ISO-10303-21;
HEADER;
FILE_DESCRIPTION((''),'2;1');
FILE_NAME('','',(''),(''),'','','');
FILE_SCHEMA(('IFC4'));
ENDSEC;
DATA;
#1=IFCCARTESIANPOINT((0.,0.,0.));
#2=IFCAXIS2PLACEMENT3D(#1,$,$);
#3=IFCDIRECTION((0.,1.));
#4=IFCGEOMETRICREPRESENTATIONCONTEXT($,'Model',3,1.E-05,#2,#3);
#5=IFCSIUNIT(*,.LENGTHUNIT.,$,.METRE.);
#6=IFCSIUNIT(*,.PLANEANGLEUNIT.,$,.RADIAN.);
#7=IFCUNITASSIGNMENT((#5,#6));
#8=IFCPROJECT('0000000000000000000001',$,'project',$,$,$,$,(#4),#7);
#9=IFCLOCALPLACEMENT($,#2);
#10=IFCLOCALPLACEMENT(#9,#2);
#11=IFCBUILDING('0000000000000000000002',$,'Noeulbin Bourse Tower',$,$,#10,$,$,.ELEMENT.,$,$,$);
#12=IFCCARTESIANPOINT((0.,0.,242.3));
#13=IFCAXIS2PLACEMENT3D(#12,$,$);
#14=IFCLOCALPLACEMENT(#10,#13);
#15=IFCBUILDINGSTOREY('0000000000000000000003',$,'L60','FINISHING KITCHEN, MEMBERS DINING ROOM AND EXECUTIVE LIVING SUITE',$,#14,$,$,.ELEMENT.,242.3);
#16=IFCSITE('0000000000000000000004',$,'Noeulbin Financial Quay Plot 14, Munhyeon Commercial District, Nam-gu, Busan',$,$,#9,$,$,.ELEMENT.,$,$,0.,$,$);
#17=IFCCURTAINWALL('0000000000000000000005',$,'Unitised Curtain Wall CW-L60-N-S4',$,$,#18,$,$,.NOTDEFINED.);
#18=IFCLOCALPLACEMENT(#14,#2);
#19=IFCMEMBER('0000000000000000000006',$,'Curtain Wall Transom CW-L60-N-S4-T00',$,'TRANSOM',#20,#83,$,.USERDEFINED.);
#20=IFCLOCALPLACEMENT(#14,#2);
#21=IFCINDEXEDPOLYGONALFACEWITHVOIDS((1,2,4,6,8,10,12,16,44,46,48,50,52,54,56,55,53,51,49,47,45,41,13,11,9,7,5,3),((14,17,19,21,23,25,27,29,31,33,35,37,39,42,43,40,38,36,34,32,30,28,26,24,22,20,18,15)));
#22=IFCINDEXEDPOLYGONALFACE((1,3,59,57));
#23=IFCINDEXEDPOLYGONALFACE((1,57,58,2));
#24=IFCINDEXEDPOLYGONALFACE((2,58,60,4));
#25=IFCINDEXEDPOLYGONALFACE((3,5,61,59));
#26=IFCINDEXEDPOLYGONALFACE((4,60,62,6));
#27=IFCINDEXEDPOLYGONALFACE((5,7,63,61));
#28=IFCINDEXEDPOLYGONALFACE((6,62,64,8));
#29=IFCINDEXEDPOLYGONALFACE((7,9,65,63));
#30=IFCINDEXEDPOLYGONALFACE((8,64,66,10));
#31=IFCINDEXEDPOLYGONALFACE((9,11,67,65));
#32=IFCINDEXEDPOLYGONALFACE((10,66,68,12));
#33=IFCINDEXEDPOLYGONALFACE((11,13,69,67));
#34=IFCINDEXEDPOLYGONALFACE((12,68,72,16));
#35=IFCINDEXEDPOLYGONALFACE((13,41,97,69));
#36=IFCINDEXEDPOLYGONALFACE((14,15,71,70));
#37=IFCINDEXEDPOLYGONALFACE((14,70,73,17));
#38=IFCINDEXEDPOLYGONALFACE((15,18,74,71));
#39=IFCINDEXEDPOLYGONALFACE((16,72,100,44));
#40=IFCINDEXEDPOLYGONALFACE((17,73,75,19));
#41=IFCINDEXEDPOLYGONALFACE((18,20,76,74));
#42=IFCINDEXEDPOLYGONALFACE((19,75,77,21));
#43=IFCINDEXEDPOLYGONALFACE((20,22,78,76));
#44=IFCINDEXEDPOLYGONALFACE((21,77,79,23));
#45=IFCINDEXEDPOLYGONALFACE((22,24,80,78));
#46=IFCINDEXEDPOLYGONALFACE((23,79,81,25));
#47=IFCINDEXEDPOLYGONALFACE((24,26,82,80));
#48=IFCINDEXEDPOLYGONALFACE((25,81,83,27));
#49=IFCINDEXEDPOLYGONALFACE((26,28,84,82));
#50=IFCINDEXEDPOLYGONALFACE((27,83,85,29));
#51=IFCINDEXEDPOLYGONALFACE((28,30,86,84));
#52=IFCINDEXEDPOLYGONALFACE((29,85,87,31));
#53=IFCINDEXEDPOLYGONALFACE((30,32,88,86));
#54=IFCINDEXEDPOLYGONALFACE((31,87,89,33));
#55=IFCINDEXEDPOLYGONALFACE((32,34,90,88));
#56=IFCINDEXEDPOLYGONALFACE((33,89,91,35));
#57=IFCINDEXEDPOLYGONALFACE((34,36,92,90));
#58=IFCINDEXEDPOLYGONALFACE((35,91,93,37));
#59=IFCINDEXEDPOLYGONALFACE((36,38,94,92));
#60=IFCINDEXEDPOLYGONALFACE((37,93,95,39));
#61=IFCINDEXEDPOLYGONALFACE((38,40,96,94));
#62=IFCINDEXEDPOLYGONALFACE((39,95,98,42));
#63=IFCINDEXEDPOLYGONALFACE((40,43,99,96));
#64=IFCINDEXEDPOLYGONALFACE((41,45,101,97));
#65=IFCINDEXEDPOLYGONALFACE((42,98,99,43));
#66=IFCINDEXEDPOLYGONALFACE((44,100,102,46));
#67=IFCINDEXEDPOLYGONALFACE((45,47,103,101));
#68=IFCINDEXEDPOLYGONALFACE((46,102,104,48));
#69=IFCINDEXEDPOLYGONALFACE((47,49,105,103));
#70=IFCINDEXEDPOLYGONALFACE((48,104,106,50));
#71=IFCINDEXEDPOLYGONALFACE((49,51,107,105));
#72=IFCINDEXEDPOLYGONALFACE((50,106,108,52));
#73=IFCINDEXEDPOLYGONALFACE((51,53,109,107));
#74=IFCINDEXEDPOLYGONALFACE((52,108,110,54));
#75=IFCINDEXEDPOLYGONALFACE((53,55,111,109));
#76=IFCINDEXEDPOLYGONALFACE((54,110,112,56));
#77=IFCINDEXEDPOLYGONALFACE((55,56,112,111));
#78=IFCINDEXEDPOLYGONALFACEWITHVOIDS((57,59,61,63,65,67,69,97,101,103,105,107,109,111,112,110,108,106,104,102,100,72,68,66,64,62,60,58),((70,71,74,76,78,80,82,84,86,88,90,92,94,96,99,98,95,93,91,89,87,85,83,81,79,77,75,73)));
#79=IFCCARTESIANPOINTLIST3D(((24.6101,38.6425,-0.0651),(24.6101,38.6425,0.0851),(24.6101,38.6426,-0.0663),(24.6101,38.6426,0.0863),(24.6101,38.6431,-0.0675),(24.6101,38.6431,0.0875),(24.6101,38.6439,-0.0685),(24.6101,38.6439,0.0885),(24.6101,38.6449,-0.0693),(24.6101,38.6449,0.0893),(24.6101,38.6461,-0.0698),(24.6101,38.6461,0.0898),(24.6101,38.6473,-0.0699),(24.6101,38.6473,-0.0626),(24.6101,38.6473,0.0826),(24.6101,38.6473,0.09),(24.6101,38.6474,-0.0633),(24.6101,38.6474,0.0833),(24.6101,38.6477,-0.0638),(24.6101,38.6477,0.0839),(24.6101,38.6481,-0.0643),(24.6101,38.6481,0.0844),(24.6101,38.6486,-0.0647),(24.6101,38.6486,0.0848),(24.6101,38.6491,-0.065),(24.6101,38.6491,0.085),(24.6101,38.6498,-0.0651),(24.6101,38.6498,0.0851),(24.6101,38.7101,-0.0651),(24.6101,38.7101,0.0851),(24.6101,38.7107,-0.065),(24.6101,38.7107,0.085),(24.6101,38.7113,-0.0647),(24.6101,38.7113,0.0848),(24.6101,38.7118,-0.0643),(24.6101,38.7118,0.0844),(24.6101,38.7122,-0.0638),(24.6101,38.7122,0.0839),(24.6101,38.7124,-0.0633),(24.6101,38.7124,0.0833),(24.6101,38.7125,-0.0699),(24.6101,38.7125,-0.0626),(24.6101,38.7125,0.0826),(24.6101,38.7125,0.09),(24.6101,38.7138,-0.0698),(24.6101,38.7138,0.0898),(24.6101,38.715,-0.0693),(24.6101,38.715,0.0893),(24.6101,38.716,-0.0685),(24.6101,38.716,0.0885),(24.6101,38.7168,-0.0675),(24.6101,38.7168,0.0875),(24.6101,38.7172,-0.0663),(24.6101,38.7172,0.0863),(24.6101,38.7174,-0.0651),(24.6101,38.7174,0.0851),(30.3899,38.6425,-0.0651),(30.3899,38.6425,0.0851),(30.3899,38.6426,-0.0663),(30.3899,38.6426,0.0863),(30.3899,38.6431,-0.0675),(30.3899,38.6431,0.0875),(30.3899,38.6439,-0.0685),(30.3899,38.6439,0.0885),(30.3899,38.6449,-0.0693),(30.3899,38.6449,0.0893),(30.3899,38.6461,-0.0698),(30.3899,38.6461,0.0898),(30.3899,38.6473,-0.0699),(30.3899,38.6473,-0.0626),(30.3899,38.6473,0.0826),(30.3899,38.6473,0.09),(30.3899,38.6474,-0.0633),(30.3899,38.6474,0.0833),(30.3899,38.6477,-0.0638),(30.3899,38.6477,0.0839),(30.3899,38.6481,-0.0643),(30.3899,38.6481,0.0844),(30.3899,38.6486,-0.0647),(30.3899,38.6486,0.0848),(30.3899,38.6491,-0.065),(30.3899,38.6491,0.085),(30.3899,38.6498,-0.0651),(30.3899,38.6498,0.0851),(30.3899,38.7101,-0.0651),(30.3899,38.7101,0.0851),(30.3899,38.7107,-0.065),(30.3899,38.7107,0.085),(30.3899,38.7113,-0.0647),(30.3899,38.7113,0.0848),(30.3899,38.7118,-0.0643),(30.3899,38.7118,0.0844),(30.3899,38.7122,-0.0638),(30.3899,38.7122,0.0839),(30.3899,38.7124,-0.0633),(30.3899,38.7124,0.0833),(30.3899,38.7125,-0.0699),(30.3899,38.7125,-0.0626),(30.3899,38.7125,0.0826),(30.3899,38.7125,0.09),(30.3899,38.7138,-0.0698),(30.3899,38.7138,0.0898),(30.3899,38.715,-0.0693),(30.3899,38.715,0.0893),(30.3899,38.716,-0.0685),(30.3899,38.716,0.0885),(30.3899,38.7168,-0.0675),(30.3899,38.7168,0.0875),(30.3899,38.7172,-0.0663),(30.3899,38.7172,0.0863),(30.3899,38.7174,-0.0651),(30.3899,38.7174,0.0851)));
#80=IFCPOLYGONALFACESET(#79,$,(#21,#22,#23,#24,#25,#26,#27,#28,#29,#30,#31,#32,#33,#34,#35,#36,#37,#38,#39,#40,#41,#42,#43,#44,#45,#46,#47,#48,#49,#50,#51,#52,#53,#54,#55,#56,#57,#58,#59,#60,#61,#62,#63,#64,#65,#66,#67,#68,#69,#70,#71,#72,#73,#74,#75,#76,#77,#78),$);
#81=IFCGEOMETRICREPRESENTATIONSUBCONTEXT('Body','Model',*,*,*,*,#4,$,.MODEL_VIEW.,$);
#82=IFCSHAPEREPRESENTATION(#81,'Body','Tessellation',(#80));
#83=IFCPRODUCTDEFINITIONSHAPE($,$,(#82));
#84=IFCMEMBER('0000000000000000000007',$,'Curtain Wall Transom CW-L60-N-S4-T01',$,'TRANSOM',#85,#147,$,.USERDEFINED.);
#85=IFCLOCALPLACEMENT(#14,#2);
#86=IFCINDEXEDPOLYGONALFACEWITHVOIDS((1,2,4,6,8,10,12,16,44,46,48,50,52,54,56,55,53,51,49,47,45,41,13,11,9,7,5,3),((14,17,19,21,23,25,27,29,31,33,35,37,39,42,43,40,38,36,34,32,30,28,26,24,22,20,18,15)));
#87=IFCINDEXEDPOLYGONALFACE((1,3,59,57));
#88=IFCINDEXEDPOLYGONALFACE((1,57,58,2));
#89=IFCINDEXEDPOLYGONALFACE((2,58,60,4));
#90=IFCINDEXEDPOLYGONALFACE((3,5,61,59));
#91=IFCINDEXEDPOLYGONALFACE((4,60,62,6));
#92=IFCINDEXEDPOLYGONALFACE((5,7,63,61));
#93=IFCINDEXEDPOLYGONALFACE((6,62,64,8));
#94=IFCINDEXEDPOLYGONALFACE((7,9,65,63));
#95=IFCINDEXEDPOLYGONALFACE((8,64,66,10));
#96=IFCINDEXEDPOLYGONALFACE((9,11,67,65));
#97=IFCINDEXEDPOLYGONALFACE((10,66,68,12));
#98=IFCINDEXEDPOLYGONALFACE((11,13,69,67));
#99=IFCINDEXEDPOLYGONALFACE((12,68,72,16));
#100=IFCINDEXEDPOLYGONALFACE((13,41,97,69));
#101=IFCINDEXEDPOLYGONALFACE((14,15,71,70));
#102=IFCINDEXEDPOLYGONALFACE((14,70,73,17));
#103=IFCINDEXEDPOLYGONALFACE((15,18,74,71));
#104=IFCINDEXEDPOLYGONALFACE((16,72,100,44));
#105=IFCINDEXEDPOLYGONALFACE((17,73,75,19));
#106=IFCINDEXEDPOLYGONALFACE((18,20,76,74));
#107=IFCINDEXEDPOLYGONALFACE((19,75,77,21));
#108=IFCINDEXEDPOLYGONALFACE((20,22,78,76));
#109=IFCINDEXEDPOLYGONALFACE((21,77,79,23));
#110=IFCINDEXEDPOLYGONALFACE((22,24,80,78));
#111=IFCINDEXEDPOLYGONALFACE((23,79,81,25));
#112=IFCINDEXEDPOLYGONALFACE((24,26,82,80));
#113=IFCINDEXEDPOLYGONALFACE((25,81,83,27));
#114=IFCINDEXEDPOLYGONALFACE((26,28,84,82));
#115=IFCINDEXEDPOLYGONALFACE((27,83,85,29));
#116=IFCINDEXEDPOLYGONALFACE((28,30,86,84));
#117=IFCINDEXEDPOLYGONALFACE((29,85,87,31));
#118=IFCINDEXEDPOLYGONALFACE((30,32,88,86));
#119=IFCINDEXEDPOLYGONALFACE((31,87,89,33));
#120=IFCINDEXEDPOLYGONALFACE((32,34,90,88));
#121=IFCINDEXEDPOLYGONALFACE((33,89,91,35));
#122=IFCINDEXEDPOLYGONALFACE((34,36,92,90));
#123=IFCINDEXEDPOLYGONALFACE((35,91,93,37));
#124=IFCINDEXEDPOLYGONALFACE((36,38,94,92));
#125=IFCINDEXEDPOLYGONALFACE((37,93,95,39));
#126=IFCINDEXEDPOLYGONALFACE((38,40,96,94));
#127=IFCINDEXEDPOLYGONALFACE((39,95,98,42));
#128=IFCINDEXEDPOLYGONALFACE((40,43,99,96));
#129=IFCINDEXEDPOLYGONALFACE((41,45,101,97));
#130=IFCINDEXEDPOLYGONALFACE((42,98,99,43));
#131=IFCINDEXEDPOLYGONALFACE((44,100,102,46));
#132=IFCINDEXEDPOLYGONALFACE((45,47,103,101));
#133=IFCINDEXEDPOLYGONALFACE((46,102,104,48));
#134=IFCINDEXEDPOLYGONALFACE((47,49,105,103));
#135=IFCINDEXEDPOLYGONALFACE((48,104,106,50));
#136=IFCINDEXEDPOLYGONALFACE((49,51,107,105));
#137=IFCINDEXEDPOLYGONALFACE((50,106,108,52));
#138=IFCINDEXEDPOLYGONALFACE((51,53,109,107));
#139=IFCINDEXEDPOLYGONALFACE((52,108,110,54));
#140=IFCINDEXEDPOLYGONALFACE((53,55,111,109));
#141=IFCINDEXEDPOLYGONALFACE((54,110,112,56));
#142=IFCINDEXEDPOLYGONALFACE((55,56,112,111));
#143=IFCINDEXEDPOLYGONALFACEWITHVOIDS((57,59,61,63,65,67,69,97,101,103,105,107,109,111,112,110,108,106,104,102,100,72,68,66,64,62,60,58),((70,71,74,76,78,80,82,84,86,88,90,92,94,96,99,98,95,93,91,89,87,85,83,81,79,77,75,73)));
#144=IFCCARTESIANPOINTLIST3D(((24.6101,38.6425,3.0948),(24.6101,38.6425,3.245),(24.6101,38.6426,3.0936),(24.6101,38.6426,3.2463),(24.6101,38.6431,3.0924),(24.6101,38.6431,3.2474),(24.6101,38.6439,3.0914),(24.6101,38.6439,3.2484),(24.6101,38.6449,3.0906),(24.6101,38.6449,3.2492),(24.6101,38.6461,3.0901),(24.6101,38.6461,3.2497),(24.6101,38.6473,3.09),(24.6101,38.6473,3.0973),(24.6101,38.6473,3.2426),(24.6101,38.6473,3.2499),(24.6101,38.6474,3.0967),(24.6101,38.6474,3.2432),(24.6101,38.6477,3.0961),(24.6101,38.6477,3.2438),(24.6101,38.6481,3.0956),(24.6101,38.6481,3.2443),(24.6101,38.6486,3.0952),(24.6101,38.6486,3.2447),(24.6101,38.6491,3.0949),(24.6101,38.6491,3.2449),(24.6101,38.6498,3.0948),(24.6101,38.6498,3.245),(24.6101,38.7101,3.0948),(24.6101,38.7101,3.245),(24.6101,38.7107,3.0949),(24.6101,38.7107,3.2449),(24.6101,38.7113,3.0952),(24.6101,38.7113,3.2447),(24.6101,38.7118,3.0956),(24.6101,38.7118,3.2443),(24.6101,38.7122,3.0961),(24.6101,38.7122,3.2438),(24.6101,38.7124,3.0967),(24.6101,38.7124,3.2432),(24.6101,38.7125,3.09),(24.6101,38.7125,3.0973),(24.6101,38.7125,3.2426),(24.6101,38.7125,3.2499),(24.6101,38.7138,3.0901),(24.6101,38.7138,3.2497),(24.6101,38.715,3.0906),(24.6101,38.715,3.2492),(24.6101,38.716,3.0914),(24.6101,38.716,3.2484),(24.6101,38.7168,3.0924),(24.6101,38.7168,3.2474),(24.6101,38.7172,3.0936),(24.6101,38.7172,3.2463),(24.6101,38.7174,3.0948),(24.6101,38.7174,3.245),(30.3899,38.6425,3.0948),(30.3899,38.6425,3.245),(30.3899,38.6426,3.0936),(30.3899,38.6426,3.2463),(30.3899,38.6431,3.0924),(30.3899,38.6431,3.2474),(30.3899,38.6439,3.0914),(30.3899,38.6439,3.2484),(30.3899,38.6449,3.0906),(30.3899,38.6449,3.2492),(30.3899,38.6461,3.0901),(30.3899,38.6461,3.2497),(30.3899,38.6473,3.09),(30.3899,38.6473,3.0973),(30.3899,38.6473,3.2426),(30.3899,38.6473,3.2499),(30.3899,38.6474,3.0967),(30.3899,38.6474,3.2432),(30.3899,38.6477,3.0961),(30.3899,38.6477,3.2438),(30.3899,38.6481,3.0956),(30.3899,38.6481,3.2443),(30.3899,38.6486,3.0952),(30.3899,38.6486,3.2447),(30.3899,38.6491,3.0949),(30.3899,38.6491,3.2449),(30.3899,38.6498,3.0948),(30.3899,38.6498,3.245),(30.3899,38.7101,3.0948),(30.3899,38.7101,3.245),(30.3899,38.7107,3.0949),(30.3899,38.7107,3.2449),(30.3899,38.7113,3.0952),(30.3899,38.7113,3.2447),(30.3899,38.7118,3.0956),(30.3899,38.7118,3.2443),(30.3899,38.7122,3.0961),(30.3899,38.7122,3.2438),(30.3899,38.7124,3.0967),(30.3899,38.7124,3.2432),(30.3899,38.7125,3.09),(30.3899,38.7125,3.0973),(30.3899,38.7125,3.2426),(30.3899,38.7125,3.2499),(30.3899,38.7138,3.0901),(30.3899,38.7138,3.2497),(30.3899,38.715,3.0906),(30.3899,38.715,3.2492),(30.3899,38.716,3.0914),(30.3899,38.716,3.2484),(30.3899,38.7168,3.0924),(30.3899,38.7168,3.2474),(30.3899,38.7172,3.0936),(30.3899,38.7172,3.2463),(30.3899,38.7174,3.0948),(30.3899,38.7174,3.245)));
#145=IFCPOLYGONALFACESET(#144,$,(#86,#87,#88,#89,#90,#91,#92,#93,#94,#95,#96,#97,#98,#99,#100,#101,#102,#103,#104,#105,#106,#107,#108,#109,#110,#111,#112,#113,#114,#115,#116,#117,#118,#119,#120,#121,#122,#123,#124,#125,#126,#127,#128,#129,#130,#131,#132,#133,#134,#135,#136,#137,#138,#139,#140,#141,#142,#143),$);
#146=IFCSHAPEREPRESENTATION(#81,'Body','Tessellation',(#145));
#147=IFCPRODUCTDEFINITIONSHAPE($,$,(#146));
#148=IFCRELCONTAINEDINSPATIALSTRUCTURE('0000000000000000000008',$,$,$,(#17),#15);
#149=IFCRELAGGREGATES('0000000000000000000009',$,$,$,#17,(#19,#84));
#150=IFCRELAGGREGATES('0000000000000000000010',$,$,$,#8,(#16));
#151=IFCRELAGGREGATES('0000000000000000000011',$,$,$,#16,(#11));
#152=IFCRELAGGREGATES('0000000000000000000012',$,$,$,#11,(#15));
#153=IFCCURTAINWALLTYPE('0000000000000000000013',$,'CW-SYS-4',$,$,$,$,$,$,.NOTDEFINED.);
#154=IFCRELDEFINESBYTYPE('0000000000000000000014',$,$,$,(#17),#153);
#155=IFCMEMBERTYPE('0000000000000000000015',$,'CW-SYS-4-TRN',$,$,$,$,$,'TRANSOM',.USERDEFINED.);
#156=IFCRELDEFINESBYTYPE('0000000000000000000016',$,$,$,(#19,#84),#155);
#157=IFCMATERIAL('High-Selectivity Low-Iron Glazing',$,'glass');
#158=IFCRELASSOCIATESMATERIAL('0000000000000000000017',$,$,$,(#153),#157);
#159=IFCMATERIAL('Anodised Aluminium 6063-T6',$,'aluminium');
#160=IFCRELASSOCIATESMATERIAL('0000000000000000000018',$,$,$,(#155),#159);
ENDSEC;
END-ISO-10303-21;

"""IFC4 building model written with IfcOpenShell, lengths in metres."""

from ifc_helpers import new_model, si_unit, direction, frame, origin, origin_2d, place, context, subcontext, project, spatial, hollow_rectangle, extrude, material, material_profile, profile_set, type_object, element, aggregate, save


model = new_model("IFC4")

# Units and contexts
model_context = context("Model", 3, precision=1e-05, world=origin(), true_north=direction((0.0, 1.0)))
body_context = subcontext(model_context, "Body", "Model", "MODEL_VIEW")
ifc_project = project(units=[si_unit("LENGTHUNIT", "METRE"), si_unit("PLANEANGLEUNIT", "RADIAN")], contexts=[model_context])

# Site, building, storey
site_placement = place(None, origin())
site = spatial("IfcSite", under=ifc_project, at=site_placement, Name="Noeulbin Financial Quay Plot 14, Munhyeon Commercial District, Nam-gu, Busan", CompositionType="ELEMENT", RefElevation=0.0)
building_placement = place(site_placement, origin())
building = spatial("IfcBuilding", under=site, at=building_placement, Name="Noeulbin Bourse Tower", CompositionType="ELEMENT")
storey_placement = place(building_placement, frame((0.0, 0.0, 242.3)))
storey = spatial("IfcBuildingStorey", under=building, at=storey_placement, Name="L60", Description="FINISHING KITCHEN, MEMBERS DINING ROOM AND EXECUTIVE LIVING SUITE", CompositionType="ELEMENT", Elevation=242.3)

# Curtain wall
ifc_material_1 = material(Name="High-Selectivity Low-Iron Glazing", Category="glass")
curtain_wall_type = type_object("IfcCurtainWallType", Name="CW-SYS-4", PredefinedType="NOTDEFINED", material=ifc_material_1)
curtain_wall_1_placement = place(storey_placement, origin())
curtain_wall_1 = element("IfcCurtainWall", 1, at=curtain_wall_1_placement, inside=storey, type_object=curtain_wall_type, Name="Unitised Curtain Wall CW-L60-N-S4", PredefinedType="NOTDEFINED")
ifc_material_2 = material(Name="Anodised Aluminium 6063-T6", Category="aluminium")

# Members
ifc_material_profile_1 = material_profile(ifc_material_2, hollow_rectangle(XDim=0.075, YDim=0.1599, WallThickness=0.0049, InnerFilletRadius=0.0024, OuterFilletRadius=0.0049, at=origin_2d()), Name="ALU-TRAN-75x160x5", Category="LoadBearing")
ifc_profile_set_1 = profile_set([ifc_material_profile_1], Name="Anodised Aluminium 6063-T6")
member_type_1 = type_object("IfcMemberType", Name="CW-SYS-4-TRN", ElementType="TRANSOM", PredefinedType="USERDEFINED", material=ifc_profile_set_1)
member_1_placement = place(storey_placement, frame((24.6101, 38.6799, 0.01), z_axis=(1.0, 0.0, 0.0), x_axis=(0.0, 1.0, 0.0)))
member_1 = element("IfcMember", 2, at=member_1_placement, type_object=member_type_1, Name="Curtain Wall Transom CW-L60-N-S4-T00", ObjectType="TRANSOM", PredefinedType="USERDEFINED", context=body_context, shape_type="SweptSolid", body=[
    extrude(hollow_rectangle(XDim=0.075, YDim=0.1599, WallThickness=0.0049, InnerFilletRadius=0.0024, OuterFilletRadius=0.0049, at=origin_2d()), origin(), (0.0, 0.0, 1.0), 5.7798),
])
member_2_placement = place(storey_placement, frame((24.6101, 38.6799, 3.1699), z_axis=(1.0, 0.0, 0.0), x_axis=(0.0, 1.0, 0.0)))
member_2 = element("IfcMember", 3, at=member_2_placement, type_object=member_type_1, Name="Curtain Wall Transom CW-L60-N-S4-T01", ObjectType="TRANSOM", PredefinedType="USERDEFINED", context=body_context, shape_type="SweptSolid", body=[
    extrude(hollow_rectangle(XDim=0.075, YDim=0.1599, WallThickness=0.0049, InnerFilletRadius=0.0024, OuterFilletRadius=0.0049, at=origin_2d()), origin(), (0.0, 0.0, 1.0), 5.7798),
])

aggregate(curtain_wall_1, [member_1, member_2])

save(model, "model.ifc")
